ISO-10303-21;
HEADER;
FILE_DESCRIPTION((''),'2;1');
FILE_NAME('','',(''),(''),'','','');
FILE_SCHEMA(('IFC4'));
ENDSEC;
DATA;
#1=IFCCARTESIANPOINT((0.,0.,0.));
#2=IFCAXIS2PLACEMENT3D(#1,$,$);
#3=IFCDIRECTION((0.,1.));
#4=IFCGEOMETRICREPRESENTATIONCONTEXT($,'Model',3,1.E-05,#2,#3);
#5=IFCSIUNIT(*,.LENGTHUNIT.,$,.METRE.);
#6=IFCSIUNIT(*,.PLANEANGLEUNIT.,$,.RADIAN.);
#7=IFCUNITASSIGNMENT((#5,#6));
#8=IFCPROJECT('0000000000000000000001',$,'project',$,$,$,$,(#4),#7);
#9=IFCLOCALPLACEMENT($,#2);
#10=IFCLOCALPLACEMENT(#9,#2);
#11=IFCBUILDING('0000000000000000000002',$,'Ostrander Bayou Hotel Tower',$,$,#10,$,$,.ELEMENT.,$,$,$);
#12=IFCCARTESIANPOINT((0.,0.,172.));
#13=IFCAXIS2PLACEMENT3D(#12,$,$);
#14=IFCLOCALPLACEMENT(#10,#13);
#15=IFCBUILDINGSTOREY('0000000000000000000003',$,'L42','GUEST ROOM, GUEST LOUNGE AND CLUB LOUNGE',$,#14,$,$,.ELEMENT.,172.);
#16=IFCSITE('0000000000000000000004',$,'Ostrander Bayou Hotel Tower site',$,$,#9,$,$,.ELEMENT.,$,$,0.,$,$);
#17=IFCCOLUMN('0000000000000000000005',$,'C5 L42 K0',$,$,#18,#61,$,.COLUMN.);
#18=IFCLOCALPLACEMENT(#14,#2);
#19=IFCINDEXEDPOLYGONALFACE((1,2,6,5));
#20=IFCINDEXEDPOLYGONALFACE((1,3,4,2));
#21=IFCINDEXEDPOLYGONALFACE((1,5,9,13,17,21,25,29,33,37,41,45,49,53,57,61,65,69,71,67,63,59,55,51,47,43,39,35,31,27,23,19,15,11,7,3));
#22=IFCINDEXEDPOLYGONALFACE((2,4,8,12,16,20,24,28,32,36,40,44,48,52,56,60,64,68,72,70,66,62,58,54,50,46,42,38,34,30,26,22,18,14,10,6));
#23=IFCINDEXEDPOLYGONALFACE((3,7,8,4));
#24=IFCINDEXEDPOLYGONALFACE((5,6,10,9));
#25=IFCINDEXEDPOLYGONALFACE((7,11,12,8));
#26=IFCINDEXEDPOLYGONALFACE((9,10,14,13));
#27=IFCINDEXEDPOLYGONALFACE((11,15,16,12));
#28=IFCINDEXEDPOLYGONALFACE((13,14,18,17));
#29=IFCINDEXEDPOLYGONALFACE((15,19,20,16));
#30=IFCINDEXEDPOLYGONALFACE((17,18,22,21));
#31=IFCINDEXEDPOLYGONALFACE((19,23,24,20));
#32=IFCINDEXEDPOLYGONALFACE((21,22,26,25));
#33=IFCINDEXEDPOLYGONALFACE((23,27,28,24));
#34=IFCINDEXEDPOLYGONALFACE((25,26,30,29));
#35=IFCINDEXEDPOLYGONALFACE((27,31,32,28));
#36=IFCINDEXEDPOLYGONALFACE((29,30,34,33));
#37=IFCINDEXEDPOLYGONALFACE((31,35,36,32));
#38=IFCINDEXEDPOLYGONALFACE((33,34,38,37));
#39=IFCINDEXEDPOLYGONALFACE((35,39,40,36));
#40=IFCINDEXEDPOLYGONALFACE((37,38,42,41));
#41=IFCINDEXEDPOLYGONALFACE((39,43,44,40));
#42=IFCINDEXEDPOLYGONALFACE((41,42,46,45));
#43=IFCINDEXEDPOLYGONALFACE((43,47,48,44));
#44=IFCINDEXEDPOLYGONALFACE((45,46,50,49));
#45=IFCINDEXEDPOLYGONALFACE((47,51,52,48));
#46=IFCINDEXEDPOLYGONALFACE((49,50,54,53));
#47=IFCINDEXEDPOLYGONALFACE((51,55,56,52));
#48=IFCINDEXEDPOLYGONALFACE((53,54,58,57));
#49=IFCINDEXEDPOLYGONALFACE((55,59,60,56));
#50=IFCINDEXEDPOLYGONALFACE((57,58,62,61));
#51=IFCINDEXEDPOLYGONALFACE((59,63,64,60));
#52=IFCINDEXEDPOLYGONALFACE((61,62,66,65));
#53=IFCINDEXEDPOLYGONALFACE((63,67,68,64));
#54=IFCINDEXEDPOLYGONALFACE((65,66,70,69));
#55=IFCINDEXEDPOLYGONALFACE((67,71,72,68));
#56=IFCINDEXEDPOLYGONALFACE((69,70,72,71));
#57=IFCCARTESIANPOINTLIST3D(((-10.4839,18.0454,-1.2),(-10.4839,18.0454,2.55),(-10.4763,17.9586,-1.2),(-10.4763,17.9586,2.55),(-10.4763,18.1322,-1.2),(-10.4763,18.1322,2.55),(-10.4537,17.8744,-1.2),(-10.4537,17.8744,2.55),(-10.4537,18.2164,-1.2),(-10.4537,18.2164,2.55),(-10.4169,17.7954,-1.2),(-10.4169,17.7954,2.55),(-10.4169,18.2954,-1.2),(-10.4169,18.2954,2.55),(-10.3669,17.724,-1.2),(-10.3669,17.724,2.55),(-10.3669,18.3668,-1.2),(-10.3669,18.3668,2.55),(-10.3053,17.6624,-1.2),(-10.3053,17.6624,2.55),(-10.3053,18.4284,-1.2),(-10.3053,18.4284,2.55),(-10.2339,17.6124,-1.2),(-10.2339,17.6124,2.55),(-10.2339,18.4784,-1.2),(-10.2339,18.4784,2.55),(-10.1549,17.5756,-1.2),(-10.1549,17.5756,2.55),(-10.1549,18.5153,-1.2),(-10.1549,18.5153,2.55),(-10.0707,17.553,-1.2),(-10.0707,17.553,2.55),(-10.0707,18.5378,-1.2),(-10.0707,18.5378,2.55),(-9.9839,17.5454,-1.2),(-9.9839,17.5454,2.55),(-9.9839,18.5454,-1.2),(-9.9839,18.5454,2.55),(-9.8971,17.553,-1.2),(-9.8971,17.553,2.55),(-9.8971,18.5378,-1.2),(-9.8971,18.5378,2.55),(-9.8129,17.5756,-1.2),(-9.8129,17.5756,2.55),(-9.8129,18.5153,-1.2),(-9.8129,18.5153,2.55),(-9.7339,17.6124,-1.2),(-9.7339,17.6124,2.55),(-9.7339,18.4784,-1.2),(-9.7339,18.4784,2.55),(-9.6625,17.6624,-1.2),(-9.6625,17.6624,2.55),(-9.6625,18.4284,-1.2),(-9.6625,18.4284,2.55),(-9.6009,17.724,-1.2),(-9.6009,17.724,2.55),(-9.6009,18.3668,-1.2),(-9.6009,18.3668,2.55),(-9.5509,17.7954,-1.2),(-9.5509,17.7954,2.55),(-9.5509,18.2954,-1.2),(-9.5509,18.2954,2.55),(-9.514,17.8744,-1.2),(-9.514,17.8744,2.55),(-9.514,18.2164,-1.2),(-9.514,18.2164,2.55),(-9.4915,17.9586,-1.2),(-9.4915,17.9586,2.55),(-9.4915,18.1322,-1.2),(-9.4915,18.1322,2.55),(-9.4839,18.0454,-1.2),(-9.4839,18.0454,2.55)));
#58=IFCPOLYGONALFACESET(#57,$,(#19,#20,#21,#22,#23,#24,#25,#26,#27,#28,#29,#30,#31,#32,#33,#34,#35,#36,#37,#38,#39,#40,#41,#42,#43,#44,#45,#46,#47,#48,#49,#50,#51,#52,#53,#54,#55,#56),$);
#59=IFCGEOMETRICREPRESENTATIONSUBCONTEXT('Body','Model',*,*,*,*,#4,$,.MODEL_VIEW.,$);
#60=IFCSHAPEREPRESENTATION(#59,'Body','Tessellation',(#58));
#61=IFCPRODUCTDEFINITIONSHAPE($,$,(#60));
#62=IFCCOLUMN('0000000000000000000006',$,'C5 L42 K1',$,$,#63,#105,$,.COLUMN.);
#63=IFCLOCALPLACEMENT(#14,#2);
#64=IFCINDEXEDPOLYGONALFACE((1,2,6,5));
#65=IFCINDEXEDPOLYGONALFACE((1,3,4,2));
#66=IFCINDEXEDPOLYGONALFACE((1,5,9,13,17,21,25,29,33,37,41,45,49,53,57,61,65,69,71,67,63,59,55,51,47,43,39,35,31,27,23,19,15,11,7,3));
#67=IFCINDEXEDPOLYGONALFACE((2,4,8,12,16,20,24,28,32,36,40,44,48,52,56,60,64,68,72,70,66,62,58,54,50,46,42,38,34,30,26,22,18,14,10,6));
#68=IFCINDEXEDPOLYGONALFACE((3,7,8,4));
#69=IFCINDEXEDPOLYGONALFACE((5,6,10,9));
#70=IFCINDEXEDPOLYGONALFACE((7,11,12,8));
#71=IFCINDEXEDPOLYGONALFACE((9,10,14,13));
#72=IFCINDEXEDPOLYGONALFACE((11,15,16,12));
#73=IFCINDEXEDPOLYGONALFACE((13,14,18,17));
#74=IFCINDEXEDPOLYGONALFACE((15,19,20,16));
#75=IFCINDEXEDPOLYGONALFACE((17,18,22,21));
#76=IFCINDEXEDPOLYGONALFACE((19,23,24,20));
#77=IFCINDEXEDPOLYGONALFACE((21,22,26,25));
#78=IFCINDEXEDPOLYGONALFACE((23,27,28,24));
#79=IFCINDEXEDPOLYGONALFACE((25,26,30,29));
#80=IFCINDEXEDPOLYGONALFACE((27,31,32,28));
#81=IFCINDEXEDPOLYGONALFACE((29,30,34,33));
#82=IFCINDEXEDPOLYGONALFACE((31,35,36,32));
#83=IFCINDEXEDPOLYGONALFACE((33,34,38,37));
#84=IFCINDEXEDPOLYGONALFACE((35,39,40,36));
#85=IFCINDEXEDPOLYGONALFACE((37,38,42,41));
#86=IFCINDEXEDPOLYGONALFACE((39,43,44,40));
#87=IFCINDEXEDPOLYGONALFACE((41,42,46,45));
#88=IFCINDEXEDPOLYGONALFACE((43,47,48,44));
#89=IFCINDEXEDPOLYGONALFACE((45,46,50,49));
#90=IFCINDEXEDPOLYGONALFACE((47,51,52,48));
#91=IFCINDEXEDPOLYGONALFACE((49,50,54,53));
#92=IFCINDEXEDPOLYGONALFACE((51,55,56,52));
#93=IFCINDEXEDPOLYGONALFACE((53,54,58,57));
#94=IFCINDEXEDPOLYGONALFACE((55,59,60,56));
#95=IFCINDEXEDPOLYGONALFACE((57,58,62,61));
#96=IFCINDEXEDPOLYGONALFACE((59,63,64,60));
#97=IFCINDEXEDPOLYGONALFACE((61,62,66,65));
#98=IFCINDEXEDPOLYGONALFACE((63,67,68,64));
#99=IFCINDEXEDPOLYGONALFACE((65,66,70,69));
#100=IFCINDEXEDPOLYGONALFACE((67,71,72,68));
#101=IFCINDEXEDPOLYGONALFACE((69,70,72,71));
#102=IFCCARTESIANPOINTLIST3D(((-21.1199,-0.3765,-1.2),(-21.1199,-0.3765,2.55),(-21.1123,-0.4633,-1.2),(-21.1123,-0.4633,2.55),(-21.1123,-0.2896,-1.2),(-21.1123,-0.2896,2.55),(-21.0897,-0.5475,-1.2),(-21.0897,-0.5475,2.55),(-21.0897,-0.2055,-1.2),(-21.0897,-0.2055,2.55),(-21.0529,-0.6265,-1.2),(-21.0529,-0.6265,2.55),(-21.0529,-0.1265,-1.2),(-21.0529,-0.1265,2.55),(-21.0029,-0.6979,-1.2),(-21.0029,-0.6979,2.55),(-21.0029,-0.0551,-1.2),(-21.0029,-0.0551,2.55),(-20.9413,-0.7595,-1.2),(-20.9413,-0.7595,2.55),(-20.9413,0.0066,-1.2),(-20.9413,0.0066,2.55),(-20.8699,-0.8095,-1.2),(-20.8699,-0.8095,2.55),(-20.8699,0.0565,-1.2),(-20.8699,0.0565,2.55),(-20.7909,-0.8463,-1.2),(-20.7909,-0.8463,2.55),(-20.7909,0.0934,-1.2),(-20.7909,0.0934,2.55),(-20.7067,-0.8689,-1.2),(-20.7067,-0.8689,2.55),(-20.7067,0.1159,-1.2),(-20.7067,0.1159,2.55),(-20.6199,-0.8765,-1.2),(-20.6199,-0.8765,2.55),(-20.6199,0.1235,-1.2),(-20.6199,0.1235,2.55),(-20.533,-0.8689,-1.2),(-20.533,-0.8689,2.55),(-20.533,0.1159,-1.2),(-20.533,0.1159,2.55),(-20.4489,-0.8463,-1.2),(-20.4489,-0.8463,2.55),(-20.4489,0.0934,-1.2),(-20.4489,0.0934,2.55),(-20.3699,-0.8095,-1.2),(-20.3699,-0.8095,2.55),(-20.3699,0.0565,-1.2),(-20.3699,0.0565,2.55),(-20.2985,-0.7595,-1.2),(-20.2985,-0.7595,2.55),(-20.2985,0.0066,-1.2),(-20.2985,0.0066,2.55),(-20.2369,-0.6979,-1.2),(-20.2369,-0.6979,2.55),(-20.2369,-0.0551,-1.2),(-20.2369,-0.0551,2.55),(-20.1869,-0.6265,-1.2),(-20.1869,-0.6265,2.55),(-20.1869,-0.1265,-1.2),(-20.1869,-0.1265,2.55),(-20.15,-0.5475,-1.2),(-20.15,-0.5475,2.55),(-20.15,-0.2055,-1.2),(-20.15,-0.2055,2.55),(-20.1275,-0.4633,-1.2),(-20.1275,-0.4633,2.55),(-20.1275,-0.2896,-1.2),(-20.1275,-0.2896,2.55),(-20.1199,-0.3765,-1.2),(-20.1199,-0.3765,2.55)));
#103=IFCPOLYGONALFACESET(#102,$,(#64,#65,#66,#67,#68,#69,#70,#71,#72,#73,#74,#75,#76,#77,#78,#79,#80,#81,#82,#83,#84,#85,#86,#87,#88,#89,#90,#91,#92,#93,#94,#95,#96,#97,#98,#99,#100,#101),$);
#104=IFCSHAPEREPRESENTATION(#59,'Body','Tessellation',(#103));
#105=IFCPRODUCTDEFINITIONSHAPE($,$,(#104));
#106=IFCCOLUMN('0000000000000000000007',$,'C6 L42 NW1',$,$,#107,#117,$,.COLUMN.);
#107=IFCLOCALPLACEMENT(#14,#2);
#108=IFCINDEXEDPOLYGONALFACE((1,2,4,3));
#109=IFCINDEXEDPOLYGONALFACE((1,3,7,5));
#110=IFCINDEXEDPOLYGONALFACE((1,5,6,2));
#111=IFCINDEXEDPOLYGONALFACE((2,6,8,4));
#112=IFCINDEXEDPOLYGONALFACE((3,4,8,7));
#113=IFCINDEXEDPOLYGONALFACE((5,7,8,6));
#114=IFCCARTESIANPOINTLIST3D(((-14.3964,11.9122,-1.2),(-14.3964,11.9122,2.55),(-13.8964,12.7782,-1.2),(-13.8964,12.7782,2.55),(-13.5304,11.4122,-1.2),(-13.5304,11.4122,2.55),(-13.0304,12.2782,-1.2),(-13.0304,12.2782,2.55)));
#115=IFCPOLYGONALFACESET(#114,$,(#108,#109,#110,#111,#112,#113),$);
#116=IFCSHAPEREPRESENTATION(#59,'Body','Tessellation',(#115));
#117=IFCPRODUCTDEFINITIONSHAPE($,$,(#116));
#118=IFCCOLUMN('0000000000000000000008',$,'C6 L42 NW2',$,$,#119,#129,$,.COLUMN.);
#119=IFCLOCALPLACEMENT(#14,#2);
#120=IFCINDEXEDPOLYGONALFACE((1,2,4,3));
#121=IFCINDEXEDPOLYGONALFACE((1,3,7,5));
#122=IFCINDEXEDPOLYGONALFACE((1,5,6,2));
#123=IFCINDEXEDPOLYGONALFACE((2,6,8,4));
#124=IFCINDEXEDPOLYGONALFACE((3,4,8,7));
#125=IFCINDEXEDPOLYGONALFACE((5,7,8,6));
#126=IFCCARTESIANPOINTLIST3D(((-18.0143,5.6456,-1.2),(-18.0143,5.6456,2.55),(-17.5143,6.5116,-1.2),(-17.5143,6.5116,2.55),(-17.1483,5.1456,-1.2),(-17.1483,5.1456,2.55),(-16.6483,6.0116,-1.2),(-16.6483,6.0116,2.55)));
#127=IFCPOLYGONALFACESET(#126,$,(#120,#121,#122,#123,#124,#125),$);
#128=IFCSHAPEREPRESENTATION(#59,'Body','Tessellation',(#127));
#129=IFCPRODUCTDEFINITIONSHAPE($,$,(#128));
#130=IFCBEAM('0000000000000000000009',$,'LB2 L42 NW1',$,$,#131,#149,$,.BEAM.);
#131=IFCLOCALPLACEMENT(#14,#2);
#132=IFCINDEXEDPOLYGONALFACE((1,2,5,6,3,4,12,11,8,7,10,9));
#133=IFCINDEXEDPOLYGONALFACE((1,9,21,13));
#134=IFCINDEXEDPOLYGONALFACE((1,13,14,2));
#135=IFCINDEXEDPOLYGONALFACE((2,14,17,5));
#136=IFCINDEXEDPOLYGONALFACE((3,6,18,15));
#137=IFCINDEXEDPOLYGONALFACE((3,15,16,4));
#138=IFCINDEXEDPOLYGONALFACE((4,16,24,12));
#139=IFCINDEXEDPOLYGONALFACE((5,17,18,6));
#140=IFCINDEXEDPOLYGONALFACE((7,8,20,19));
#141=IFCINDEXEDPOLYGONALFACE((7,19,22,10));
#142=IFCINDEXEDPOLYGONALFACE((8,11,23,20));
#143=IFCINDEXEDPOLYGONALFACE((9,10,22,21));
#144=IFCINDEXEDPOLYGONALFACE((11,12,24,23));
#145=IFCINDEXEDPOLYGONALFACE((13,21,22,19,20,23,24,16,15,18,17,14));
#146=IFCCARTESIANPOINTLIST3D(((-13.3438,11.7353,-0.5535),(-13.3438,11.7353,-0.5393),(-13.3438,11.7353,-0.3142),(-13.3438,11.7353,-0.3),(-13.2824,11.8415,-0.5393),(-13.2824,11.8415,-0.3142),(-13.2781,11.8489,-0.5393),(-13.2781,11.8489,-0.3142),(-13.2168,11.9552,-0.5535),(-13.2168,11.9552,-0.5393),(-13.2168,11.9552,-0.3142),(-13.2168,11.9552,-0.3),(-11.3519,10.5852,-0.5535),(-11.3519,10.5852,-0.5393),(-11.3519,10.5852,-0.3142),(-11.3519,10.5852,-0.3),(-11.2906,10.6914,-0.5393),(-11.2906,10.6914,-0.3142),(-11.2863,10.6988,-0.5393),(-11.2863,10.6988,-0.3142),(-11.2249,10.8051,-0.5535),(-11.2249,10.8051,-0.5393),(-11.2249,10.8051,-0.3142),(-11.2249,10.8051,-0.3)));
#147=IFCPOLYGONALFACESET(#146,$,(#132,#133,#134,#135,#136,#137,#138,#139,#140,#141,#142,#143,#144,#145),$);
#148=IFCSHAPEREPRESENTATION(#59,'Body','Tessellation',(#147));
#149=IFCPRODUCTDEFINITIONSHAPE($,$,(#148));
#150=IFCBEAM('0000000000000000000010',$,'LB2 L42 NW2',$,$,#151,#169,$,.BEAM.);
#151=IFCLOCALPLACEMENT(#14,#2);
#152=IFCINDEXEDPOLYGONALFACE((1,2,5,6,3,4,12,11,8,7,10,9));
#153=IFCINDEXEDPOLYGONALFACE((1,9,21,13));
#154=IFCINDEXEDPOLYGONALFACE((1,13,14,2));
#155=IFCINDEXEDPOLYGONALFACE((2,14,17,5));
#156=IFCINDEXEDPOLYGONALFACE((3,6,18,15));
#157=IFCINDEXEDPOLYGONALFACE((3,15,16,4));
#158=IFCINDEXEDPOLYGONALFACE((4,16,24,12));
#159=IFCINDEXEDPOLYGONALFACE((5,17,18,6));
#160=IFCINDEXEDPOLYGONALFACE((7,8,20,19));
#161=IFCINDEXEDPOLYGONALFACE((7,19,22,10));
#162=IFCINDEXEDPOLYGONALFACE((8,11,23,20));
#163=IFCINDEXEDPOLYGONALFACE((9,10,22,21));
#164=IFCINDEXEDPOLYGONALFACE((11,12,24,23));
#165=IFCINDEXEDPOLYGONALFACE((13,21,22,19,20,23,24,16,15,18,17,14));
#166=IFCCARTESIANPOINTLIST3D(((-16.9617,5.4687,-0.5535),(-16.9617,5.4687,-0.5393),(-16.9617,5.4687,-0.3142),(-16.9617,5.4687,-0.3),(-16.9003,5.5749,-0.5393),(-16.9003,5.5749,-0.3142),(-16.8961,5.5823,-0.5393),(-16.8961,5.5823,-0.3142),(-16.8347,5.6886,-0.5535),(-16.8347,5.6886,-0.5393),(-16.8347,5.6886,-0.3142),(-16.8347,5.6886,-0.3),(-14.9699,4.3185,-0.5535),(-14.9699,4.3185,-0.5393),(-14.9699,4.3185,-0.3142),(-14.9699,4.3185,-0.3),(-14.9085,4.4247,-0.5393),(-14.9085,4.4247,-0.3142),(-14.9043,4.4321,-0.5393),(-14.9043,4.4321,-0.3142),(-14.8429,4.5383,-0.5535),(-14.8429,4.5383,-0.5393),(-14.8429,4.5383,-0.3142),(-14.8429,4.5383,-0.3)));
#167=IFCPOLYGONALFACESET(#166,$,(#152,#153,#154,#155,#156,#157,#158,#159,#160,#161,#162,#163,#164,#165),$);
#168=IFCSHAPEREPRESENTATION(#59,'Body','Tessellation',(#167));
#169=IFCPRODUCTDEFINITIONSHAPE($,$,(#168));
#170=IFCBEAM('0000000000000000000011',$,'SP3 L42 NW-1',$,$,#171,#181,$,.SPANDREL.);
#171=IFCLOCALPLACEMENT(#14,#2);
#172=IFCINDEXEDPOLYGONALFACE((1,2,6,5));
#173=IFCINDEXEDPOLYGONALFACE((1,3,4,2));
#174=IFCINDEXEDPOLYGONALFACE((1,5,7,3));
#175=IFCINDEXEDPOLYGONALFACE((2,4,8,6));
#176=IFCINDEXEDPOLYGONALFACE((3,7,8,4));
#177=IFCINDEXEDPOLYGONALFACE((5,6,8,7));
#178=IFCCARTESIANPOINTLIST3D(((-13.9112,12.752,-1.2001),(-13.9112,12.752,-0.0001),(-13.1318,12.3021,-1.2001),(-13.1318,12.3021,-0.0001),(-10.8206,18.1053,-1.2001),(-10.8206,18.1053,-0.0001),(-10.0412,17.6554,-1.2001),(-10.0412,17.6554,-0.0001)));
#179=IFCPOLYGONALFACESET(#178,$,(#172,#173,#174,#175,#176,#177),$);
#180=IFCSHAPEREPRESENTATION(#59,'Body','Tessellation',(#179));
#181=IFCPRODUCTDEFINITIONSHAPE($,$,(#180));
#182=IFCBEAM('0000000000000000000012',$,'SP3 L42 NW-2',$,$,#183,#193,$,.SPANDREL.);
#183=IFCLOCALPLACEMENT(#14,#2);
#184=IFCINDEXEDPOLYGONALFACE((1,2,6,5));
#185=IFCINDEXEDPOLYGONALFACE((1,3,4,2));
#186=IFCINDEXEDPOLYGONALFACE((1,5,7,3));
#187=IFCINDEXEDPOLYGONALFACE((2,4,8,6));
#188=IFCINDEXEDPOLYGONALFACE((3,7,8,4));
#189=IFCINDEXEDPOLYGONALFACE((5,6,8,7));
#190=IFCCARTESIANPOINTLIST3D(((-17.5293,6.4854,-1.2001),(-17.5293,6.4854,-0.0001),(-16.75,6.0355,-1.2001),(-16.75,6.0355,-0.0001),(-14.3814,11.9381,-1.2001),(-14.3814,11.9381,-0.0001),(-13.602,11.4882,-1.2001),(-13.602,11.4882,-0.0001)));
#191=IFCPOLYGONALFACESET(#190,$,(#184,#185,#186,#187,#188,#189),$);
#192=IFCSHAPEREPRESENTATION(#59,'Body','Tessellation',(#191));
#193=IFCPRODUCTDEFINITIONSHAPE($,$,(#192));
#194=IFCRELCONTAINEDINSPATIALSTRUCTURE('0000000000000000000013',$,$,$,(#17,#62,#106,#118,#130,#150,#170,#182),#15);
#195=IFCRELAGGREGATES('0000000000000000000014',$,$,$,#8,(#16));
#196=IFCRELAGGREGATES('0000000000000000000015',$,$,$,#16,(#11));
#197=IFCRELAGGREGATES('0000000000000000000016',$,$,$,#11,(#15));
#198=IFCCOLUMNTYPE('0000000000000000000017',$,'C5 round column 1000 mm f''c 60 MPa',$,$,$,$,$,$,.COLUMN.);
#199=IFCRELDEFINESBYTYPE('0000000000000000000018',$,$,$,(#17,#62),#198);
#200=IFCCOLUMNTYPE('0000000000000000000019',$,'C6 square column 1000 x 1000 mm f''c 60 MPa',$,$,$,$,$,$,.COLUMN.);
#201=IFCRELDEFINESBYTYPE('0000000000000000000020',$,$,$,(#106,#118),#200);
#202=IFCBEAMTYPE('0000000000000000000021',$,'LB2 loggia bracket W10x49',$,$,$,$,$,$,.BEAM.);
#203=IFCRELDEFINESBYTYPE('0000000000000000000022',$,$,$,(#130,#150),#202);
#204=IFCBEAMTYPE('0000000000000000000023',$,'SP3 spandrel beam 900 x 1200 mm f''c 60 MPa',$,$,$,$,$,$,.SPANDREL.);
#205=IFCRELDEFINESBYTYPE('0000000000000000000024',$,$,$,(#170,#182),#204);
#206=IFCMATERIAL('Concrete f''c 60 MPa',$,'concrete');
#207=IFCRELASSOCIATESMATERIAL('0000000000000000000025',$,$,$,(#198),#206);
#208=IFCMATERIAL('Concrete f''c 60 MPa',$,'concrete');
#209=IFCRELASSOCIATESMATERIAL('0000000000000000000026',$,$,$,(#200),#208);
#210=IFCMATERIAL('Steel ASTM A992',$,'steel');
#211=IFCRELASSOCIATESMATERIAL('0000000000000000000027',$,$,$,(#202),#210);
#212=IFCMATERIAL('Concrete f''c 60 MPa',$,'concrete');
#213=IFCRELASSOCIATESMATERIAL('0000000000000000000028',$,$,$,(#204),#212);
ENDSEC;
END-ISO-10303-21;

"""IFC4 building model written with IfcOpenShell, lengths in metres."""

from ifc_helpers import new_model, si_unit, direction, frame, origin, origin_2d, place, context, subcontext, project, spatial, rectangle, circle, i_section, extrude, material, material_profile, profile_set, type_object, element, save


model = new_model("IFC4")

# Units and contexts
model_context = context("Model", 3, precision=1e-05, world=origin(), true_north=direction((0.0, 1.0)))
body_context = subcontext(model_context, "Body", "Model", "MODEL_VIEW")
ifc_project = project(units=[si_unit("LENGTHUNIT", "METRE"), si_unit("PLANEANGLEUNIT", "RADIAN")], contexts=[model_context])

# Site, building, storey
site_placement = place(None, origin())
site = spatial("IfcSite", under=ifc_project, at=site_placement, Name="Ostrander Bayou Hotel Tower site", CompositionType="ELEMENT", RefElevation=0.0)
building_placement = place(site_placement, origin())
building = spatial("IfcBuilding", under=site, at=building_placement, Name="Ostrander Bayou Hotel Tower", CompositionType="ELEMENT")
storey_placement = place(building_placement, frame((0.0, 0.0, 172.0)))
storey = spatial("IfcBuildingStorey", under=building, at=storey_placement, Name="L42", Description="GUEST ROOM, GUEST LOUNGE AND CLUB LOUNGE", CompositionType="ELEMENT", Elevation=172.0)

# Columns
ifc_material_1 = material(Name="Concrete f'c 60 MPa", Category="concrete")
ifc_material_profile_1 = material_profile(ifc_material_1, circle(Radius=0.5, at=origin_2d()))
ifc_profile_set_1 = profile_set([ifc_material_profile_1], Name="Concrete f'c 60 MPa")
column_type_1 = type_object("IfcColumnType", Name="C5 round column 1000 mm f'c 60 MPa", PredefinedType="COLUMN", material=ifc_profile_set_1)
for number, where, z_axis, x_axis, name in (
    (1, (-9.9839, 18.0454, -1.2), (0.0, 0.0, 1.0), (1.0, 0.0, 0.0), "C5 L42 K0"),
    (2, (-20.6199, -0.3765, -1.2), (0.0, 0.0, 1.0), (1.0, 0.0, 0.0), "C5 L42 K1"),
):
    element("IfcColumn", number, at=place(storey_placement, frame(where, z_axis=z_axis, x_axis=x_axis)), inside=storey, type_object=column_type_1, Name=name, PredefinedType="COLUMN", context=body_context, shape_type="SweptSolid", body=[
        extrude(circle(Radius=0.5, at=origin_2d()), origin(), (0.0, 0.0, 1.0), 3.75),
    ])
ifc_material_2 = material(Name="Concrete f'c 60 MPa", Category="concrete")
ifc_material_profile_2 = material_profile(ifc_material_2, rectangle(XDim=1.0, YDim=1.0, at=origin_2d()))
ifc_profile_set_2 = profile_set([ifc_material_profile_2], Name="Concrete f'c 60 MPa")
column_type_2 = type_object("IfcColumnType", Name="C6 square column 1000 x 1000 mm f'c 60 MPa", PredefinedType="COLUMN", material=ifc_profile_set_2)
for number, where, z_axis, x_axis, name in (
    (3, (-13.7134, 12.0952, -1.2), (0.0, 0.0, 1.0), (0.5, 0.866025, 0.0), "C6 L42 NW1"),
    (4, (-17.3313, 5.8286, -1.2), (0.0, 0.0, 1.0), (0.5, 0.866025, 0.0), "C6 L42 NW2"),
):
    element("IfcColumn", number, at=place(storey_placement, frame(where, z_axis=z_axis, x_axis=x_axis)), inside=storey, type_object=column_type_2, Name=name, PredefinedType="COLUMN", context=body_context, shape_type="SweptSolid", body=[
        extrude(rectangle(XDim=1.0, YDim=1.0, at=origin_2d()), origin(), (0.0, 0.0, 1.0), 3.75),
    ])

# Beams
ifc_material_3 = material(Name="Steel ASTM A992", Category="steel")
ifc_material_profile_3 = material_profile(ifc_material_3, i_section(OverallWidth=0.2539, OverallDepth=0.2534, WebThickness=0.0085, FlangeThickness=0.0142, at=origin_2d()))
ifc_profile_set_3 = profile_set([ifc_material_profile_3], Name="Steel ASTM A992")
beam_type_1 = type_object("IfcBeamType", Name="LB2 loggia bracket W10x49", PredefinedType="BEAM", material=ifc_profile_set_3)
for number, where, z_axis, x_axis, name in (
    (5, (-13.2803, 11.8452, -0.4268), (0.866007, -0.500032, 0.0), (0.500032, 0.866007, 0.0), "LB2 L42 NW1"),
    (6, (-16.8982, 5.5786, -0.4268), (0.865981, -0.500078, 0.0), (0.500078, 0.865981, 0.0), "LB2 L42 NW2"),
):
    element("IfcBeam", number, at=place(storey_placement, frame(where, z_axis=z_axis, x_axis=x_axis)), inside=storey, type_object=beam_type_1, Name=name, PredefinedType="BEAM", context=body_context, shape_type="SweptSolid", body=[
        extrude(i_section(OverallWidth=0.2539, OverallDepth=0.2534, WebThickness=0.0085, FlangeThickness=0.0142, at=origin_2d()), origin(), (0.0, 0.0, 1.0), 2.3),
    ])
ifc_material_4 = material(Name="Concrete f'c 60 MPa", Category="concrete")
ifc_material_profile_4 = material_profile(ifc_material_4, rectangle(XDim=0.8999, YDim=1.2, at=origin_2d()))
ifc_profile_set_4 = profile_set([ifc_material_profile_4], Name="Concrete f'c 60 MPa")
beam_type_2 = type_object("IfcBeamType", Name="SP3 spandrel beam 900 x 1200 mm f'c 60 MPa", PredefinedType="SPANDREL", material=ifc_profile_set_4)
beam_1_placement = place(storey_placement, frame((-10.4309, 17.8804, -0.6001), z_axis=(-0.499983, -0.866035, 0.0), x_axis=(0.866035, -0.499983, 0.0)))
element("IfcBeam", 7, at=beam_1_placement, inside=storey, type_object=beam_type_2, Name="SP3 L42 NW-1", PredefinedType="SPANDREL", context=body_context, shape_type="SweptSolid", body=[
    extrude(rectangle(XDim=0.8999, YDim=1.2, at=origin_2d()), origin(), (0.0, 0.0, 1.0), 6.1814),
])
beam_2_placement = place(storey_placement, frame((-13.9917, 11.7131, -0.6001), z_axis=(-0.499984, -0.866034, 0.0), x_axis=(0.866034, -0.499984, 0.0)))
element("IfcBeam", 8, at=beam_2_placement, inside=storey, type_object=beam_type_2, Name="SP3 L42 NW-2", PredefinedType="SPANDREL", context=body_context, shape_type="SweptSolid", body=[
    extrude(rectangle(XDim=0.8999, YDim=1.2, at=origin_2d()), origin(), (0.0, 0.0, 1.0), 6.2961),
])

save(model, "model.ifc")
